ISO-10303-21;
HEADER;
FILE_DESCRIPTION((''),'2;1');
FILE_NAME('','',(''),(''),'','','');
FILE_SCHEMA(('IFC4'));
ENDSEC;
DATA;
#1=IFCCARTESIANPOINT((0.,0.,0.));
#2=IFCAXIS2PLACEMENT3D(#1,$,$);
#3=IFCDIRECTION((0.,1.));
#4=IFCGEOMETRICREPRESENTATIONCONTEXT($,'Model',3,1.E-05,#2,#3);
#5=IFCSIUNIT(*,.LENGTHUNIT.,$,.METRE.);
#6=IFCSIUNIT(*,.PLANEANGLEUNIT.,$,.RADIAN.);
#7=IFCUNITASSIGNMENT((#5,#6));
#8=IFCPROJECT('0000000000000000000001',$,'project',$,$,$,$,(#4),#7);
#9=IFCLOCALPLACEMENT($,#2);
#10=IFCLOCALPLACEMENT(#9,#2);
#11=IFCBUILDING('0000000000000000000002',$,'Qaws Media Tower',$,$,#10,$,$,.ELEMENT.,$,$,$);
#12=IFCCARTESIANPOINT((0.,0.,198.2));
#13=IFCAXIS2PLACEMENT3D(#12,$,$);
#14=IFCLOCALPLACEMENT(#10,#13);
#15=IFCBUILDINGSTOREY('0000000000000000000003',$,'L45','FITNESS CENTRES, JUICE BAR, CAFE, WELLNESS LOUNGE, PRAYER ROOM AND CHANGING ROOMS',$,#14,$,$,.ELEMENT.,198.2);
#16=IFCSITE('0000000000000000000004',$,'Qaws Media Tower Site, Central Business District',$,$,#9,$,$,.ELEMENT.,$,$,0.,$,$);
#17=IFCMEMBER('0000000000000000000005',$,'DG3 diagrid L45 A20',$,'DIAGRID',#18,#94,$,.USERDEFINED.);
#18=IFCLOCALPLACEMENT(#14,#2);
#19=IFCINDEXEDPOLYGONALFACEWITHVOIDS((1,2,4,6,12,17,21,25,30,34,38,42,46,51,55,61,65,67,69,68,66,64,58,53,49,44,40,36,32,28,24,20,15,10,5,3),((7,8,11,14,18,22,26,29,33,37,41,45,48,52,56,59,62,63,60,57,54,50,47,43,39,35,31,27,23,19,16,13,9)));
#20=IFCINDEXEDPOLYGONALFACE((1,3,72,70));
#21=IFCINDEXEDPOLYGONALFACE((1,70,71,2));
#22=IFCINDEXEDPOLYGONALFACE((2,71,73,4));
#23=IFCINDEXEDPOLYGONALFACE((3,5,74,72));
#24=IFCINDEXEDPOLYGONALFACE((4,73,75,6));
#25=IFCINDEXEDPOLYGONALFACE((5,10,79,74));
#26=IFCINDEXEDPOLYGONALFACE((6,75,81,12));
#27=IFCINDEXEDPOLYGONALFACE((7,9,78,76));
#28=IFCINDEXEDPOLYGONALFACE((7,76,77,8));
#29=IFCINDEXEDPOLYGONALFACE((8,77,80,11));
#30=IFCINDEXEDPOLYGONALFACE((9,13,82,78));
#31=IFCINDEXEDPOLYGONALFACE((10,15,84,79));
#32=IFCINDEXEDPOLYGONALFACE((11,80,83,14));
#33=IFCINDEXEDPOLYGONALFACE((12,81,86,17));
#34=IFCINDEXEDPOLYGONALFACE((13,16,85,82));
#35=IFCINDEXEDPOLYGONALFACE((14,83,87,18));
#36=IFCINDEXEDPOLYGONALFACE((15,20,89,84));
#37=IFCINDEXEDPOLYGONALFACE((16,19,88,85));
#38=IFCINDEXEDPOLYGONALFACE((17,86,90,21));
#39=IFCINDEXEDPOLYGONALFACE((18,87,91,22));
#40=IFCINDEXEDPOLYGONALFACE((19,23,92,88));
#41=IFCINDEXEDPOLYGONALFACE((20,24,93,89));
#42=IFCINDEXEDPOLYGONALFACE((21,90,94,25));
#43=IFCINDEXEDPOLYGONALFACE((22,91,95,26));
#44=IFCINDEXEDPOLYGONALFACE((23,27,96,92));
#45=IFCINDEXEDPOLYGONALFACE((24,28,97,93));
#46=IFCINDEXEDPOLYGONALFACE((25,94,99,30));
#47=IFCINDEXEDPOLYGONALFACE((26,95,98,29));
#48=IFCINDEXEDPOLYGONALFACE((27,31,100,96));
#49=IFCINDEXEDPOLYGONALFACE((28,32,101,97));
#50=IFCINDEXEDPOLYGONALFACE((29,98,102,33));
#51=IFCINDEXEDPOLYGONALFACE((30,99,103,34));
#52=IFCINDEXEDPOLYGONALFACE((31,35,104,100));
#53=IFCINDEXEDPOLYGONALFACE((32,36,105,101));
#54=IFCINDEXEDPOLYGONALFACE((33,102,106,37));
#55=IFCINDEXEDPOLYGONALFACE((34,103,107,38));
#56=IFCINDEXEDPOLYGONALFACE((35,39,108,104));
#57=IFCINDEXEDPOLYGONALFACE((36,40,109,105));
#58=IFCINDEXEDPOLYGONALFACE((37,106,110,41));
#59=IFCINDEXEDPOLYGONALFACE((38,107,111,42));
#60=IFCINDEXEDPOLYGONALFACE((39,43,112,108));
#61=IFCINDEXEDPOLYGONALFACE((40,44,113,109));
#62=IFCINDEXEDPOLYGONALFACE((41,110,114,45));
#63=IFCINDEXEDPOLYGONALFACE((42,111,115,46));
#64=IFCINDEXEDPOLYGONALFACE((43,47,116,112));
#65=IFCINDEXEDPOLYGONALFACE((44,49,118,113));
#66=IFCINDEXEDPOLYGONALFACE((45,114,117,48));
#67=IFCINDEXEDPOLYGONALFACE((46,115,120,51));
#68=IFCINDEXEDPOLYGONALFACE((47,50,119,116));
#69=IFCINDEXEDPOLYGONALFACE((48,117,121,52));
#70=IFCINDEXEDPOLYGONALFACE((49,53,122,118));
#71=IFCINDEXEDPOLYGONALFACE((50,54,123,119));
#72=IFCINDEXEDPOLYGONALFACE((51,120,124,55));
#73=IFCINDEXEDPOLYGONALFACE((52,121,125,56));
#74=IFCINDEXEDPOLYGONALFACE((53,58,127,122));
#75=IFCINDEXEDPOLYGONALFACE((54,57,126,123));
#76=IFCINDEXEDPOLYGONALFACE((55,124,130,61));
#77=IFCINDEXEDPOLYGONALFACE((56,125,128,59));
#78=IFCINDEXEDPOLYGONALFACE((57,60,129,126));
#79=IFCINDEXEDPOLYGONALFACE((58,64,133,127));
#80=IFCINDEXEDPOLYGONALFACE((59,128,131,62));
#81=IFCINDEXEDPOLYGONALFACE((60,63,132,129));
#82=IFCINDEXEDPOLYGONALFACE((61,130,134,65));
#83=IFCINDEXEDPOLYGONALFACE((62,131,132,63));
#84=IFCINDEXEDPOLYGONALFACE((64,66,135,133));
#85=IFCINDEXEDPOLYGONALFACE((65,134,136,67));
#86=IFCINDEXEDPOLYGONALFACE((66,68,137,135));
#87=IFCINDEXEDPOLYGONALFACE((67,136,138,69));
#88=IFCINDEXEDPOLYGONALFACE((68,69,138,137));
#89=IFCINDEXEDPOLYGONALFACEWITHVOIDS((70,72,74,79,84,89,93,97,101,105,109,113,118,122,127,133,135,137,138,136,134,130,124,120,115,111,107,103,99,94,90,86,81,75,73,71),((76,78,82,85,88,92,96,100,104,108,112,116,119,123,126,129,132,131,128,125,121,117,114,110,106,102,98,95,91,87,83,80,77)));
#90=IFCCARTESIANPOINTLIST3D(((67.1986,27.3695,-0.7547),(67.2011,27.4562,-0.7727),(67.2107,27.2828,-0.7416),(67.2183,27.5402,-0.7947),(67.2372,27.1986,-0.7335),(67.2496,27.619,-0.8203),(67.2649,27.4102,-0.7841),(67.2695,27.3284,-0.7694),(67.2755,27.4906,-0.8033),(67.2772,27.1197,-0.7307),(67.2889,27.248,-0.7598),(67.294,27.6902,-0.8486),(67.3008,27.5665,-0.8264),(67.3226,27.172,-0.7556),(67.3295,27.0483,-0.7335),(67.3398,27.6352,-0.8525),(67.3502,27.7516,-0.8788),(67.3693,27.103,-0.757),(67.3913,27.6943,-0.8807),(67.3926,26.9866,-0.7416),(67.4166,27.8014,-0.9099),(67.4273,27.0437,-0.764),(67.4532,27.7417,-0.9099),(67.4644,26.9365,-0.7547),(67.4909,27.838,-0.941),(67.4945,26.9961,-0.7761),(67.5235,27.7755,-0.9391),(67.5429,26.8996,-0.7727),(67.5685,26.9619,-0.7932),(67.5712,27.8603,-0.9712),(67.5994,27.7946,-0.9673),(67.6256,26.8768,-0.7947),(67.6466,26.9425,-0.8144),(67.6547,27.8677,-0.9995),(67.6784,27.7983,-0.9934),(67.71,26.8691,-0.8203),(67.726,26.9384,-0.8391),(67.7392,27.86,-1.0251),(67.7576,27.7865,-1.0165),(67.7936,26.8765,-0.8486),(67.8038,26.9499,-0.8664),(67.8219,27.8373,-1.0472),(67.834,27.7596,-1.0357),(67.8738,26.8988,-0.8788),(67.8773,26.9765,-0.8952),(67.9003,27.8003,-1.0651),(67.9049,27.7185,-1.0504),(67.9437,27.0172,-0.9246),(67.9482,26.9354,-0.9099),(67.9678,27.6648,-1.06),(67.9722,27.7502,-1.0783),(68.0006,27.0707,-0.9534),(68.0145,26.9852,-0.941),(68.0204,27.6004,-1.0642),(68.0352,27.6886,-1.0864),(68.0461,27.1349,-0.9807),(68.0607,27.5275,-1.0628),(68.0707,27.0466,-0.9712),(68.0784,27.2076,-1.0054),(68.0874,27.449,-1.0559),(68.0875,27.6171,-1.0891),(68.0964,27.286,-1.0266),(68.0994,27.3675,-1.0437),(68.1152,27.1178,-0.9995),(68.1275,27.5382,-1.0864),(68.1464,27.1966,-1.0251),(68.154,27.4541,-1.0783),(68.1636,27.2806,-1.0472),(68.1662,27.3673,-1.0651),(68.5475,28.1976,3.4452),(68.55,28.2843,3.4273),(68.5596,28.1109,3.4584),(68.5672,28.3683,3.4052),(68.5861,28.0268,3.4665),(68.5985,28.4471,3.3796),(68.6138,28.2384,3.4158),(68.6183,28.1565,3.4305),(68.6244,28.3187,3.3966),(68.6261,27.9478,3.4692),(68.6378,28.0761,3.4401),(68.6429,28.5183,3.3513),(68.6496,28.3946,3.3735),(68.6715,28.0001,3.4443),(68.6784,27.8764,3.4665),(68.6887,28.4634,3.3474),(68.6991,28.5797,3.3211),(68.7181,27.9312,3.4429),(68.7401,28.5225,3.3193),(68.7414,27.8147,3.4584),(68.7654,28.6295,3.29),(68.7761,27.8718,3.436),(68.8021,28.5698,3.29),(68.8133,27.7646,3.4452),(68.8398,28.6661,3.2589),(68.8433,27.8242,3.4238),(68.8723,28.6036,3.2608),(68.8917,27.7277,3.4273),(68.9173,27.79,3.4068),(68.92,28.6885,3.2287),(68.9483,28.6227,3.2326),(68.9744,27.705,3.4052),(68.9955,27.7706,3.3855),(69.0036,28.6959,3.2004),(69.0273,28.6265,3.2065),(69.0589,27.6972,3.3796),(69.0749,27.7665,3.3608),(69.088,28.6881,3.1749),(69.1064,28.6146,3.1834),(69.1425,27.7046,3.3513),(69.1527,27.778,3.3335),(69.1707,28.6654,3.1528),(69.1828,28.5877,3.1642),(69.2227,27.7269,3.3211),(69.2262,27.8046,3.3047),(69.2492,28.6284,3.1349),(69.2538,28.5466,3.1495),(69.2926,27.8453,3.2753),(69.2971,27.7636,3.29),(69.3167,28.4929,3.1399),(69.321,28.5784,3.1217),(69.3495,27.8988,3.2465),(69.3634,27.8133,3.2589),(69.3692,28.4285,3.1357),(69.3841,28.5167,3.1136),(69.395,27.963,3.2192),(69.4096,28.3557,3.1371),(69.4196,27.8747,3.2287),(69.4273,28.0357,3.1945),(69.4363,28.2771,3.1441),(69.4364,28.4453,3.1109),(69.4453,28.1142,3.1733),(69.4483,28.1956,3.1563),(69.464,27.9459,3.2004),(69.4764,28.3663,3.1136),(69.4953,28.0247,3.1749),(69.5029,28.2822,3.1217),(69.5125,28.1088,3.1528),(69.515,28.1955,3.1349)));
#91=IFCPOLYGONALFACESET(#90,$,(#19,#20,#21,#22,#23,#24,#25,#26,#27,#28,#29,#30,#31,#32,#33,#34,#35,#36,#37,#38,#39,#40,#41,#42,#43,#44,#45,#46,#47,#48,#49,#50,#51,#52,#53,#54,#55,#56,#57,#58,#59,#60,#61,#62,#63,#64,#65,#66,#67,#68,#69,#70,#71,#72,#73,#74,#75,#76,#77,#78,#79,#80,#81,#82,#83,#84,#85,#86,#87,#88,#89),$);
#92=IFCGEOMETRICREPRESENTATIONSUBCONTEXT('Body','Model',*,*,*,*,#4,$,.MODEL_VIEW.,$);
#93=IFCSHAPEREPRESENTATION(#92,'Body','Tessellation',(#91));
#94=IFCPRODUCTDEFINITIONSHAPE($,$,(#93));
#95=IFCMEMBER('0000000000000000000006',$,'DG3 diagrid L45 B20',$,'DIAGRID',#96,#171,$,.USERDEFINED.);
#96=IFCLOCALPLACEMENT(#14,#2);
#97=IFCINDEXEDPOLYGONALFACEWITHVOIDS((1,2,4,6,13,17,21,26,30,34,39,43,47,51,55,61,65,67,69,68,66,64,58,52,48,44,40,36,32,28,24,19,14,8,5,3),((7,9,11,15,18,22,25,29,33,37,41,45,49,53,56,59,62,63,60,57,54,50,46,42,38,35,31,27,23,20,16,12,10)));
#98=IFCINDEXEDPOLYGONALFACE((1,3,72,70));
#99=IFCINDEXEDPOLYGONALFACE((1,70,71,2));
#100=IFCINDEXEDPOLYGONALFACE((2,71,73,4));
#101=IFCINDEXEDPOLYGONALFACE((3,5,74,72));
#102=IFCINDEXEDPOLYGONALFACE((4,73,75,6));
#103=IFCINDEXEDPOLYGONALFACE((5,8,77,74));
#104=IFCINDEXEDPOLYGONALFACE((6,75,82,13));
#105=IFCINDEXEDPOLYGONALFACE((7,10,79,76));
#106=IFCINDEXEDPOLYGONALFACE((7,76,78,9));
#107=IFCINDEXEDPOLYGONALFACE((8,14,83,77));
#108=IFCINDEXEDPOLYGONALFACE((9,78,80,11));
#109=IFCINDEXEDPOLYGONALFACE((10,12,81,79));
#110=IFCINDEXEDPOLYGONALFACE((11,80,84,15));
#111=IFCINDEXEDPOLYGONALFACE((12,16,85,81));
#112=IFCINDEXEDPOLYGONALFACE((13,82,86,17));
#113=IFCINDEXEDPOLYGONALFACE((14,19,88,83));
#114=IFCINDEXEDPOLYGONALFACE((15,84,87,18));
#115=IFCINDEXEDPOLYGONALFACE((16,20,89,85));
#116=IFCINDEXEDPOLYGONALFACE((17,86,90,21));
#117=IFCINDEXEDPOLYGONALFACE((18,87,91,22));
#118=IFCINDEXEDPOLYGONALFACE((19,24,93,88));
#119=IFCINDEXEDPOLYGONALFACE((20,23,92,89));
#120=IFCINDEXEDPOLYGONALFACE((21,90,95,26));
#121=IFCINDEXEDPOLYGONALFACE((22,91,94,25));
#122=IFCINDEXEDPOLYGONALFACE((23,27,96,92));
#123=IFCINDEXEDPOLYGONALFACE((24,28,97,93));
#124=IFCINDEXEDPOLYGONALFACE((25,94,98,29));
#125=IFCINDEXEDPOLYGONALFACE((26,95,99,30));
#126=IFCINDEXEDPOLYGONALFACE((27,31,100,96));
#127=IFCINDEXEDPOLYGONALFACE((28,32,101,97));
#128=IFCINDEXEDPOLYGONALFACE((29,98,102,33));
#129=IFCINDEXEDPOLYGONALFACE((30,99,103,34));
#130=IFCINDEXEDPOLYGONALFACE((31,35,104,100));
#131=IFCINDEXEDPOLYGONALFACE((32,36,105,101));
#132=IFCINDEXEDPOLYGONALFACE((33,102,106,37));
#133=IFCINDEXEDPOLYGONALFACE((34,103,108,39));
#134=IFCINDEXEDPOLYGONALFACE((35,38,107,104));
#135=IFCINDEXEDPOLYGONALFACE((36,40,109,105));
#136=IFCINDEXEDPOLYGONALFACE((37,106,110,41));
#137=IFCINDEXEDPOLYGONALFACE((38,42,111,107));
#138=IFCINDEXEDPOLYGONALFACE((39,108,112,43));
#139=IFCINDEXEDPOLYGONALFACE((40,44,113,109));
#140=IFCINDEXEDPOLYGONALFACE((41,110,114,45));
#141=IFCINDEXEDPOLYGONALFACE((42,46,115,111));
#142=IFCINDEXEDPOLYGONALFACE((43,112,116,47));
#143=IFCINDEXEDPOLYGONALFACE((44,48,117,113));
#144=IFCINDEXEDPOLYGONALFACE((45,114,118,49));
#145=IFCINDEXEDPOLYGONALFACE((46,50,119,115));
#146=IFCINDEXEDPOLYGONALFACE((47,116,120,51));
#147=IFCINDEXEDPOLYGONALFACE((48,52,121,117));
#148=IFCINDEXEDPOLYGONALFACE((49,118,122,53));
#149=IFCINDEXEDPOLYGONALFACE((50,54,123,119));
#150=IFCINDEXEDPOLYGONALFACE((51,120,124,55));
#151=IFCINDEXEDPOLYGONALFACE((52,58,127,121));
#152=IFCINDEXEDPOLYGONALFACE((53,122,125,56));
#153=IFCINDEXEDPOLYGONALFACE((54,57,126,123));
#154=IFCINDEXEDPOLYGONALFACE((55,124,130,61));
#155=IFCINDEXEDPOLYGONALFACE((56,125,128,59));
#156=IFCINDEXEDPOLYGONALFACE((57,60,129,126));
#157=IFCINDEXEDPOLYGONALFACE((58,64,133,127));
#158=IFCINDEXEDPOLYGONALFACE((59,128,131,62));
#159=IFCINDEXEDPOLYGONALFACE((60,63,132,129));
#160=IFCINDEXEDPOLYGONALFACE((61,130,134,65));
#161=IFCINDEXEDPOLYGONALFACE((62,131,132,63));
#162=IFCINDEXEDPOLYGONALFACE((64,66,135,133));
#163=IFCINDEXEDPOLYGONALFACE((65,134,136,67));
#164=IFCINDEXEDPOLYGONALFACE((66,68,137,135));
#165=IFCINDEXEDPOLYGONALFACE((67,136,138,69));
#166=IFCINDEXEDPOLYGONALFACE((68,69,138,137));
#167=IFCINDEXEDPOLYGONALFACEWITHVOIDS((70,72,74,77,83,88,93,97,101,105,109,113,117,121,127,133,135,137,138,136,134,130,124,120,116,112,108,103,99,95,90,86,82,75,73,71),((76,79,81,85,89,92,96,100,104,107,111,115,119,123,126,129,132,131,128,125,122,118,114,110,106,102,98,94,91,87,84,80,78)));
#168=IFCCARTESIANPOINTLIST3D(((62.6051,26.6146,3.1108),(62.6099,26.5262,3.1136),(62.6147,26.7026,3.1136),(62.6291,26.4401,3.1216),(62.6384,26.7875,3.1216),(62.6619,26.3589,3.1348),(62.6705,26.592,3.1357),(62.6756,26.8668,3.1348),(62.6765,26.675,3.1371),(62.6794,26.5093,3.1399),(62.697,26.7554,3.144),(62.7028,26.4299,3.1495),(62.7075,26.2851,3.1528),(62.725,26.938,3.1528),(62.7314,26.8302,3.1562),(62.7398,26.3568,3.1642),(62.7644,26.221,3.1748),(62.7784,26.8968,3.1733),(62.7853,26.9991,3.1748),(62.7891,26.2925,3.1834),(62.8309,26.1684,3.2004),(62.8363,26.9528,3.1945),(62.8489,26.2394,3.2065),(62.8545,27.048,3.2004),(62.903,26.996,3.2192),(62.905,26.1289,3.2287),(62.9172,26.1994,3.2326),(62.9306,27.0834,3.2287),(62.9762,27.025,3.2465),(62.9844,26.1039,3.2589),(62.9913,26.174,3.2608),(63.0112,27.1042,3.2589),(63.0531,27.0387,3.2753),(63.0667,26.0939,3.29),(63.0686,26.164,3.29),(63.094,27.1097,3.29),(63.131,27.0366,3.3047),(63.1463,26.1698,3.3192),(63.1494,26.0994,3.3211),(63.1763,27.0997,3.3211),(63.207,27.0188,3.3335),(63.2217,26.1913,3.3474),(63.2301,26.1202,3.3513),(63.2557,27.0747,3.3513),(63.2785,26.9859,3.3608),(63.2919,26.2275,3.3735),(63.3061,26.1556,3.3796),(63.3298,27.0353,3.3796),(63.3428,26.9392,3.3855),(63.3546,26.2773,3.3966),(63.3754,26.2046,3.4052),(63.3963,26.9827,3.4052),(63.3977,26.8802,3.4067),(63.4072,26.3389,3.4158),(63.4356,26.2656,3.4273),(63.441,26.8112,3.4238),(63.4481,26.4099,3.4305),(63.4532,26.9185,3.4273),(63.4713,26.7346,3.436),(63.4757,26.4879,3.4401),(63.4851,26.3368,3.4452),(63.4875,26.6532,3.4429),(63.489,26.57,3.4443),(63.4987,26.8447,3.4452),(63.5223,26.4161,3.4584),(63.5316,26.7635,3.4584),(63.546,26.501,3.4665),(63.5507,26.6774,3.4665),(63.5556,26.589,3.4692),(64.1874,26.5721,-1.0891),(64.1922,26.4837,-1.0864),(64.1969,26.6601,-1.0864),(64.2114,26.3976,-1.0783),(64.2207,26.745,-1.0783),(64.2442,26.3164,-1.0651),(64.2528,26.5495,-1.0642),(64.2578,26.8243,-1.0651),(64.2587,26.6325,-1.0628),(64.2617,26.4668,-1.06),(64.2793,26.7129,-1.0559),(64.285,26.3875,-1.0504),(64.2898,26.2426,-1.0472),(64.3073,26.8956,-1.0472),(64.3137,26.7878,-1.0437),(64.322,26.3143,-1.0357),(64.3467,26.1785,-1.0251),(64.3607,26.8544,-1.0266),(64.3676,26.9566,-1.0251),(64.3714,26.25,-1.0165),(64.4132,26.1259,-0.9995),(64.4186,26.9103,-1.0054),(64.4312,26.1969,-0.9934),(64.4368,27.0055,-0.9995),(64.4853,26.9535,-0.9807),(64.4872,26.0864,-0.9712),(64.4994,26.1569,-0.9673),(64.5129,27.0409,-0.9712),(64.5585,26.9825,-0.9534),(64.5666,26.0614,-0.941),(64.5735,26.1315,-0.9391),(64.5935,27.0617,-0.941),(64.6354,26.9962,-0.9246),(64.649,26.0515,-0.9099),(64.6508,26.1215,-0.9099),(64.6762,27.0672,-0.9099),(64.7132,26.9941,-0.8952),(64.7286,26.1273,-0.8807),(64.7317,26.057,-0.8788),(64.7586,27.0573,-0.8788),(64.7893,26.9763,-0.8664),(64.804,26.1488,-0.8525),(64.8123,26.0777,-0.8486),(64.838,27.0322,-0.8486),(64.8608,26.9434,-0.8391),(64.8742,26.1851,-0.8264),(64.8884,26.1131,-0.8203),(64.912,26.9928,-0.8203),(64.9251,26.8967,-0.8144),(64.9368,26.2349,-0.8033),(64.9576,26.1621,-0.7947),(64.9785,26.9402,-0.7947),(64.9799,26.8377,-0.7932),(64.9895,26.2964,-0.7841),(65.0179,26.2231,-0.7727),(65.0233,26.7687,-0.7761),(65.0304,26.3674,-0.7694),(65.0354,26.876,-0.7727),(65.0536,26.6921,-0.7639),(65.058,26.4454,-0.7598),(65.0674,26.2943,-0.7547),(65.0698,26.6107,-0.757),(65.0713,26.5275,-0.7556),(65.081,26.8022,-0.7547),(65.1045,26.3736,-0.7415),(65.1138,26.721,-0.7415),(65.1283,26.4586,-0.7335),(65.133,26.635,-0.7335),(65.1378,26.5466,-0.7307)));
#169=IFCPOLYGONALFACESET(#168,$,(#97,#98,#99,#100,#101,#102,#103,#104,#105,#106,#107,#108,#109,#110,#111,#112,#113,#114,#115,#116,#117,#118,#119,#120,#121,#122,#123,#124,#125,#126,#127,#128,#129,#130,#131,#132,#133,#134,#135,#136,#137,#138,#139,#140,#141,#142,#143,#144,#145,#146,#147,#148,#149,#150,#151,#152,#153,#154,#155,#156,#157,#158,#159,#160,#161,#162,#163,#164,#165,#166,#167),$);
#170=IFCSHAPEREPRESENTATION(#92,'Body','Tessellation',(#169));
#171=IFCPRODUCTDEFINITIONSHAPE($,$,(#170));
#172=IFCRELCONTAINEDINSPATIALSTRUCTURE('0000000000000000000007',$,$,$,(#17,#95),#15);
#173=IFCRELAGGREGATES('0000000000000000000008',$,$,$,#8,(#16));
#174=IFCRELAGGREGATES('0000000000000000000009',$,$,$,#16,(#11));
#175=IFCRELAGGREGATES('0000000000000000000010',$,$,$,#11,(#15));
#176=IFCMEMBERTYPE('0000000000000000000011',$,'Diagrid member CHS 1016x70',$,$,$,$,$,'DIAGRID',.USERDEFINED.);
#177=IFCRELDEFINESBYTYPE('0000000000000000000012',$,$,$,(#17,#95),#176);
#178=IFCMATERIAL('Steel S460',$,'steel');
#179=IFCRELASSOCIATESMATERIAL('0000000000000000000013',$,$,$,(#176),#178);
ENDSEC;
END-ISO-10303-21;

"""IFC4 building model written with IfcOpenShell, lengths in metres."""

from ifc_helpers import new_model, si_unit, direction, frame, origin, origin_2d, place, context, subcontext, project, spatial, hollow_circle, extrude, material, material_profile, profile_set, type_object, element, save


model = new_model("IFC4")

# Units and contexts
model_context = context("Model", 3, precision=1e-05, world=origin(), true_north=direction((0.0, 1.0)))
body_context = subcontext(model_context, "Body", "Model", "MODEL_VIEW")
ifc_project = project(units=[si_unit("LENGTHUNIT", "METRE"), si_unit("PLANEANGLEUNIT", "RADIAN")], contexts=[model_context])

# Site, building, storey
site_placement = place(None, origin())
site = spatial("IfcSite", under=ifc_project, at=site_placement, Name="Qaws Media Tower Site, Central Business District", CompositionType="ELEMENT", RefElevation=0.0)
building_placement = place(site_placement, origin())
building = spatial("IfcBuilding", under=site, at=building_placement, Name="Qaws Media Tower", CompositionType="ELEMENT")
storey_placement = place(building_placement, frame((0.0, 0.0, 198.2)))
storey = spatial("IfcBuildingStorey", under=building, at=storey_placement, Name="L45", Description="FITNESS CENTRES, JUICE BAR, CAFE, WELLNESS LOUNGE, PRAYER ROOM AND CHANGING ROOMS", CompositionType="ELEMENT", Elevation=198.2)

# Members
ifc_material_1 = material(Name="Steel S460", Category="steel")
ifc_material_profile_1 = material_profile(ifc_material_1, hollow_circle(Radius=0.5081, WallThickness=0.0701, at=origin_2d()), Name="CHS 1016x70")
ifc_profile_set_1 = profile_set([ifc_material_profile_1], Name="Steel S460")
member_type_1 = type_object("IfcMemberType", Name="Diagrid member CHS 1016x70", ElementType="DIAGRID", PredefinedType="USERDEFINED", material=ifc_profile_set_1)
for number, where, z_axis, x_axis, name in (
    (1, (67.6824, 27.3684, -0.9099), (0.300532, 0.184507, 0.935755), (-0.523202, 0.852209, 0.0), "DG3 diagrid L45 A20"),
    (2, (64.6626, 26.5593, -0.9099), (-0.352532, 0.009465, 0.935752), (-0.026838, -0.99964, 0.0), "DG3 diagrid L45 B20"),
):
    element("IfcMember", number, at=place(storey_placement, frame(where, z_axis=z_axis, x_axis=x_axis)), inside=storey, type_object=member_type_1, Name=name, ObjectType="DIAGRID", PredefinedType="USERDEFINED", context=body_context, shape_type="SweptSolid", body=[
        extrude(hollow_circle(Radius=0.5081, WallThickness=0.0701, at=origin_2d()), origin(), (0.0, 0.0, 1.0), 4.4883),
    ])

save(model, "model.ifc")
